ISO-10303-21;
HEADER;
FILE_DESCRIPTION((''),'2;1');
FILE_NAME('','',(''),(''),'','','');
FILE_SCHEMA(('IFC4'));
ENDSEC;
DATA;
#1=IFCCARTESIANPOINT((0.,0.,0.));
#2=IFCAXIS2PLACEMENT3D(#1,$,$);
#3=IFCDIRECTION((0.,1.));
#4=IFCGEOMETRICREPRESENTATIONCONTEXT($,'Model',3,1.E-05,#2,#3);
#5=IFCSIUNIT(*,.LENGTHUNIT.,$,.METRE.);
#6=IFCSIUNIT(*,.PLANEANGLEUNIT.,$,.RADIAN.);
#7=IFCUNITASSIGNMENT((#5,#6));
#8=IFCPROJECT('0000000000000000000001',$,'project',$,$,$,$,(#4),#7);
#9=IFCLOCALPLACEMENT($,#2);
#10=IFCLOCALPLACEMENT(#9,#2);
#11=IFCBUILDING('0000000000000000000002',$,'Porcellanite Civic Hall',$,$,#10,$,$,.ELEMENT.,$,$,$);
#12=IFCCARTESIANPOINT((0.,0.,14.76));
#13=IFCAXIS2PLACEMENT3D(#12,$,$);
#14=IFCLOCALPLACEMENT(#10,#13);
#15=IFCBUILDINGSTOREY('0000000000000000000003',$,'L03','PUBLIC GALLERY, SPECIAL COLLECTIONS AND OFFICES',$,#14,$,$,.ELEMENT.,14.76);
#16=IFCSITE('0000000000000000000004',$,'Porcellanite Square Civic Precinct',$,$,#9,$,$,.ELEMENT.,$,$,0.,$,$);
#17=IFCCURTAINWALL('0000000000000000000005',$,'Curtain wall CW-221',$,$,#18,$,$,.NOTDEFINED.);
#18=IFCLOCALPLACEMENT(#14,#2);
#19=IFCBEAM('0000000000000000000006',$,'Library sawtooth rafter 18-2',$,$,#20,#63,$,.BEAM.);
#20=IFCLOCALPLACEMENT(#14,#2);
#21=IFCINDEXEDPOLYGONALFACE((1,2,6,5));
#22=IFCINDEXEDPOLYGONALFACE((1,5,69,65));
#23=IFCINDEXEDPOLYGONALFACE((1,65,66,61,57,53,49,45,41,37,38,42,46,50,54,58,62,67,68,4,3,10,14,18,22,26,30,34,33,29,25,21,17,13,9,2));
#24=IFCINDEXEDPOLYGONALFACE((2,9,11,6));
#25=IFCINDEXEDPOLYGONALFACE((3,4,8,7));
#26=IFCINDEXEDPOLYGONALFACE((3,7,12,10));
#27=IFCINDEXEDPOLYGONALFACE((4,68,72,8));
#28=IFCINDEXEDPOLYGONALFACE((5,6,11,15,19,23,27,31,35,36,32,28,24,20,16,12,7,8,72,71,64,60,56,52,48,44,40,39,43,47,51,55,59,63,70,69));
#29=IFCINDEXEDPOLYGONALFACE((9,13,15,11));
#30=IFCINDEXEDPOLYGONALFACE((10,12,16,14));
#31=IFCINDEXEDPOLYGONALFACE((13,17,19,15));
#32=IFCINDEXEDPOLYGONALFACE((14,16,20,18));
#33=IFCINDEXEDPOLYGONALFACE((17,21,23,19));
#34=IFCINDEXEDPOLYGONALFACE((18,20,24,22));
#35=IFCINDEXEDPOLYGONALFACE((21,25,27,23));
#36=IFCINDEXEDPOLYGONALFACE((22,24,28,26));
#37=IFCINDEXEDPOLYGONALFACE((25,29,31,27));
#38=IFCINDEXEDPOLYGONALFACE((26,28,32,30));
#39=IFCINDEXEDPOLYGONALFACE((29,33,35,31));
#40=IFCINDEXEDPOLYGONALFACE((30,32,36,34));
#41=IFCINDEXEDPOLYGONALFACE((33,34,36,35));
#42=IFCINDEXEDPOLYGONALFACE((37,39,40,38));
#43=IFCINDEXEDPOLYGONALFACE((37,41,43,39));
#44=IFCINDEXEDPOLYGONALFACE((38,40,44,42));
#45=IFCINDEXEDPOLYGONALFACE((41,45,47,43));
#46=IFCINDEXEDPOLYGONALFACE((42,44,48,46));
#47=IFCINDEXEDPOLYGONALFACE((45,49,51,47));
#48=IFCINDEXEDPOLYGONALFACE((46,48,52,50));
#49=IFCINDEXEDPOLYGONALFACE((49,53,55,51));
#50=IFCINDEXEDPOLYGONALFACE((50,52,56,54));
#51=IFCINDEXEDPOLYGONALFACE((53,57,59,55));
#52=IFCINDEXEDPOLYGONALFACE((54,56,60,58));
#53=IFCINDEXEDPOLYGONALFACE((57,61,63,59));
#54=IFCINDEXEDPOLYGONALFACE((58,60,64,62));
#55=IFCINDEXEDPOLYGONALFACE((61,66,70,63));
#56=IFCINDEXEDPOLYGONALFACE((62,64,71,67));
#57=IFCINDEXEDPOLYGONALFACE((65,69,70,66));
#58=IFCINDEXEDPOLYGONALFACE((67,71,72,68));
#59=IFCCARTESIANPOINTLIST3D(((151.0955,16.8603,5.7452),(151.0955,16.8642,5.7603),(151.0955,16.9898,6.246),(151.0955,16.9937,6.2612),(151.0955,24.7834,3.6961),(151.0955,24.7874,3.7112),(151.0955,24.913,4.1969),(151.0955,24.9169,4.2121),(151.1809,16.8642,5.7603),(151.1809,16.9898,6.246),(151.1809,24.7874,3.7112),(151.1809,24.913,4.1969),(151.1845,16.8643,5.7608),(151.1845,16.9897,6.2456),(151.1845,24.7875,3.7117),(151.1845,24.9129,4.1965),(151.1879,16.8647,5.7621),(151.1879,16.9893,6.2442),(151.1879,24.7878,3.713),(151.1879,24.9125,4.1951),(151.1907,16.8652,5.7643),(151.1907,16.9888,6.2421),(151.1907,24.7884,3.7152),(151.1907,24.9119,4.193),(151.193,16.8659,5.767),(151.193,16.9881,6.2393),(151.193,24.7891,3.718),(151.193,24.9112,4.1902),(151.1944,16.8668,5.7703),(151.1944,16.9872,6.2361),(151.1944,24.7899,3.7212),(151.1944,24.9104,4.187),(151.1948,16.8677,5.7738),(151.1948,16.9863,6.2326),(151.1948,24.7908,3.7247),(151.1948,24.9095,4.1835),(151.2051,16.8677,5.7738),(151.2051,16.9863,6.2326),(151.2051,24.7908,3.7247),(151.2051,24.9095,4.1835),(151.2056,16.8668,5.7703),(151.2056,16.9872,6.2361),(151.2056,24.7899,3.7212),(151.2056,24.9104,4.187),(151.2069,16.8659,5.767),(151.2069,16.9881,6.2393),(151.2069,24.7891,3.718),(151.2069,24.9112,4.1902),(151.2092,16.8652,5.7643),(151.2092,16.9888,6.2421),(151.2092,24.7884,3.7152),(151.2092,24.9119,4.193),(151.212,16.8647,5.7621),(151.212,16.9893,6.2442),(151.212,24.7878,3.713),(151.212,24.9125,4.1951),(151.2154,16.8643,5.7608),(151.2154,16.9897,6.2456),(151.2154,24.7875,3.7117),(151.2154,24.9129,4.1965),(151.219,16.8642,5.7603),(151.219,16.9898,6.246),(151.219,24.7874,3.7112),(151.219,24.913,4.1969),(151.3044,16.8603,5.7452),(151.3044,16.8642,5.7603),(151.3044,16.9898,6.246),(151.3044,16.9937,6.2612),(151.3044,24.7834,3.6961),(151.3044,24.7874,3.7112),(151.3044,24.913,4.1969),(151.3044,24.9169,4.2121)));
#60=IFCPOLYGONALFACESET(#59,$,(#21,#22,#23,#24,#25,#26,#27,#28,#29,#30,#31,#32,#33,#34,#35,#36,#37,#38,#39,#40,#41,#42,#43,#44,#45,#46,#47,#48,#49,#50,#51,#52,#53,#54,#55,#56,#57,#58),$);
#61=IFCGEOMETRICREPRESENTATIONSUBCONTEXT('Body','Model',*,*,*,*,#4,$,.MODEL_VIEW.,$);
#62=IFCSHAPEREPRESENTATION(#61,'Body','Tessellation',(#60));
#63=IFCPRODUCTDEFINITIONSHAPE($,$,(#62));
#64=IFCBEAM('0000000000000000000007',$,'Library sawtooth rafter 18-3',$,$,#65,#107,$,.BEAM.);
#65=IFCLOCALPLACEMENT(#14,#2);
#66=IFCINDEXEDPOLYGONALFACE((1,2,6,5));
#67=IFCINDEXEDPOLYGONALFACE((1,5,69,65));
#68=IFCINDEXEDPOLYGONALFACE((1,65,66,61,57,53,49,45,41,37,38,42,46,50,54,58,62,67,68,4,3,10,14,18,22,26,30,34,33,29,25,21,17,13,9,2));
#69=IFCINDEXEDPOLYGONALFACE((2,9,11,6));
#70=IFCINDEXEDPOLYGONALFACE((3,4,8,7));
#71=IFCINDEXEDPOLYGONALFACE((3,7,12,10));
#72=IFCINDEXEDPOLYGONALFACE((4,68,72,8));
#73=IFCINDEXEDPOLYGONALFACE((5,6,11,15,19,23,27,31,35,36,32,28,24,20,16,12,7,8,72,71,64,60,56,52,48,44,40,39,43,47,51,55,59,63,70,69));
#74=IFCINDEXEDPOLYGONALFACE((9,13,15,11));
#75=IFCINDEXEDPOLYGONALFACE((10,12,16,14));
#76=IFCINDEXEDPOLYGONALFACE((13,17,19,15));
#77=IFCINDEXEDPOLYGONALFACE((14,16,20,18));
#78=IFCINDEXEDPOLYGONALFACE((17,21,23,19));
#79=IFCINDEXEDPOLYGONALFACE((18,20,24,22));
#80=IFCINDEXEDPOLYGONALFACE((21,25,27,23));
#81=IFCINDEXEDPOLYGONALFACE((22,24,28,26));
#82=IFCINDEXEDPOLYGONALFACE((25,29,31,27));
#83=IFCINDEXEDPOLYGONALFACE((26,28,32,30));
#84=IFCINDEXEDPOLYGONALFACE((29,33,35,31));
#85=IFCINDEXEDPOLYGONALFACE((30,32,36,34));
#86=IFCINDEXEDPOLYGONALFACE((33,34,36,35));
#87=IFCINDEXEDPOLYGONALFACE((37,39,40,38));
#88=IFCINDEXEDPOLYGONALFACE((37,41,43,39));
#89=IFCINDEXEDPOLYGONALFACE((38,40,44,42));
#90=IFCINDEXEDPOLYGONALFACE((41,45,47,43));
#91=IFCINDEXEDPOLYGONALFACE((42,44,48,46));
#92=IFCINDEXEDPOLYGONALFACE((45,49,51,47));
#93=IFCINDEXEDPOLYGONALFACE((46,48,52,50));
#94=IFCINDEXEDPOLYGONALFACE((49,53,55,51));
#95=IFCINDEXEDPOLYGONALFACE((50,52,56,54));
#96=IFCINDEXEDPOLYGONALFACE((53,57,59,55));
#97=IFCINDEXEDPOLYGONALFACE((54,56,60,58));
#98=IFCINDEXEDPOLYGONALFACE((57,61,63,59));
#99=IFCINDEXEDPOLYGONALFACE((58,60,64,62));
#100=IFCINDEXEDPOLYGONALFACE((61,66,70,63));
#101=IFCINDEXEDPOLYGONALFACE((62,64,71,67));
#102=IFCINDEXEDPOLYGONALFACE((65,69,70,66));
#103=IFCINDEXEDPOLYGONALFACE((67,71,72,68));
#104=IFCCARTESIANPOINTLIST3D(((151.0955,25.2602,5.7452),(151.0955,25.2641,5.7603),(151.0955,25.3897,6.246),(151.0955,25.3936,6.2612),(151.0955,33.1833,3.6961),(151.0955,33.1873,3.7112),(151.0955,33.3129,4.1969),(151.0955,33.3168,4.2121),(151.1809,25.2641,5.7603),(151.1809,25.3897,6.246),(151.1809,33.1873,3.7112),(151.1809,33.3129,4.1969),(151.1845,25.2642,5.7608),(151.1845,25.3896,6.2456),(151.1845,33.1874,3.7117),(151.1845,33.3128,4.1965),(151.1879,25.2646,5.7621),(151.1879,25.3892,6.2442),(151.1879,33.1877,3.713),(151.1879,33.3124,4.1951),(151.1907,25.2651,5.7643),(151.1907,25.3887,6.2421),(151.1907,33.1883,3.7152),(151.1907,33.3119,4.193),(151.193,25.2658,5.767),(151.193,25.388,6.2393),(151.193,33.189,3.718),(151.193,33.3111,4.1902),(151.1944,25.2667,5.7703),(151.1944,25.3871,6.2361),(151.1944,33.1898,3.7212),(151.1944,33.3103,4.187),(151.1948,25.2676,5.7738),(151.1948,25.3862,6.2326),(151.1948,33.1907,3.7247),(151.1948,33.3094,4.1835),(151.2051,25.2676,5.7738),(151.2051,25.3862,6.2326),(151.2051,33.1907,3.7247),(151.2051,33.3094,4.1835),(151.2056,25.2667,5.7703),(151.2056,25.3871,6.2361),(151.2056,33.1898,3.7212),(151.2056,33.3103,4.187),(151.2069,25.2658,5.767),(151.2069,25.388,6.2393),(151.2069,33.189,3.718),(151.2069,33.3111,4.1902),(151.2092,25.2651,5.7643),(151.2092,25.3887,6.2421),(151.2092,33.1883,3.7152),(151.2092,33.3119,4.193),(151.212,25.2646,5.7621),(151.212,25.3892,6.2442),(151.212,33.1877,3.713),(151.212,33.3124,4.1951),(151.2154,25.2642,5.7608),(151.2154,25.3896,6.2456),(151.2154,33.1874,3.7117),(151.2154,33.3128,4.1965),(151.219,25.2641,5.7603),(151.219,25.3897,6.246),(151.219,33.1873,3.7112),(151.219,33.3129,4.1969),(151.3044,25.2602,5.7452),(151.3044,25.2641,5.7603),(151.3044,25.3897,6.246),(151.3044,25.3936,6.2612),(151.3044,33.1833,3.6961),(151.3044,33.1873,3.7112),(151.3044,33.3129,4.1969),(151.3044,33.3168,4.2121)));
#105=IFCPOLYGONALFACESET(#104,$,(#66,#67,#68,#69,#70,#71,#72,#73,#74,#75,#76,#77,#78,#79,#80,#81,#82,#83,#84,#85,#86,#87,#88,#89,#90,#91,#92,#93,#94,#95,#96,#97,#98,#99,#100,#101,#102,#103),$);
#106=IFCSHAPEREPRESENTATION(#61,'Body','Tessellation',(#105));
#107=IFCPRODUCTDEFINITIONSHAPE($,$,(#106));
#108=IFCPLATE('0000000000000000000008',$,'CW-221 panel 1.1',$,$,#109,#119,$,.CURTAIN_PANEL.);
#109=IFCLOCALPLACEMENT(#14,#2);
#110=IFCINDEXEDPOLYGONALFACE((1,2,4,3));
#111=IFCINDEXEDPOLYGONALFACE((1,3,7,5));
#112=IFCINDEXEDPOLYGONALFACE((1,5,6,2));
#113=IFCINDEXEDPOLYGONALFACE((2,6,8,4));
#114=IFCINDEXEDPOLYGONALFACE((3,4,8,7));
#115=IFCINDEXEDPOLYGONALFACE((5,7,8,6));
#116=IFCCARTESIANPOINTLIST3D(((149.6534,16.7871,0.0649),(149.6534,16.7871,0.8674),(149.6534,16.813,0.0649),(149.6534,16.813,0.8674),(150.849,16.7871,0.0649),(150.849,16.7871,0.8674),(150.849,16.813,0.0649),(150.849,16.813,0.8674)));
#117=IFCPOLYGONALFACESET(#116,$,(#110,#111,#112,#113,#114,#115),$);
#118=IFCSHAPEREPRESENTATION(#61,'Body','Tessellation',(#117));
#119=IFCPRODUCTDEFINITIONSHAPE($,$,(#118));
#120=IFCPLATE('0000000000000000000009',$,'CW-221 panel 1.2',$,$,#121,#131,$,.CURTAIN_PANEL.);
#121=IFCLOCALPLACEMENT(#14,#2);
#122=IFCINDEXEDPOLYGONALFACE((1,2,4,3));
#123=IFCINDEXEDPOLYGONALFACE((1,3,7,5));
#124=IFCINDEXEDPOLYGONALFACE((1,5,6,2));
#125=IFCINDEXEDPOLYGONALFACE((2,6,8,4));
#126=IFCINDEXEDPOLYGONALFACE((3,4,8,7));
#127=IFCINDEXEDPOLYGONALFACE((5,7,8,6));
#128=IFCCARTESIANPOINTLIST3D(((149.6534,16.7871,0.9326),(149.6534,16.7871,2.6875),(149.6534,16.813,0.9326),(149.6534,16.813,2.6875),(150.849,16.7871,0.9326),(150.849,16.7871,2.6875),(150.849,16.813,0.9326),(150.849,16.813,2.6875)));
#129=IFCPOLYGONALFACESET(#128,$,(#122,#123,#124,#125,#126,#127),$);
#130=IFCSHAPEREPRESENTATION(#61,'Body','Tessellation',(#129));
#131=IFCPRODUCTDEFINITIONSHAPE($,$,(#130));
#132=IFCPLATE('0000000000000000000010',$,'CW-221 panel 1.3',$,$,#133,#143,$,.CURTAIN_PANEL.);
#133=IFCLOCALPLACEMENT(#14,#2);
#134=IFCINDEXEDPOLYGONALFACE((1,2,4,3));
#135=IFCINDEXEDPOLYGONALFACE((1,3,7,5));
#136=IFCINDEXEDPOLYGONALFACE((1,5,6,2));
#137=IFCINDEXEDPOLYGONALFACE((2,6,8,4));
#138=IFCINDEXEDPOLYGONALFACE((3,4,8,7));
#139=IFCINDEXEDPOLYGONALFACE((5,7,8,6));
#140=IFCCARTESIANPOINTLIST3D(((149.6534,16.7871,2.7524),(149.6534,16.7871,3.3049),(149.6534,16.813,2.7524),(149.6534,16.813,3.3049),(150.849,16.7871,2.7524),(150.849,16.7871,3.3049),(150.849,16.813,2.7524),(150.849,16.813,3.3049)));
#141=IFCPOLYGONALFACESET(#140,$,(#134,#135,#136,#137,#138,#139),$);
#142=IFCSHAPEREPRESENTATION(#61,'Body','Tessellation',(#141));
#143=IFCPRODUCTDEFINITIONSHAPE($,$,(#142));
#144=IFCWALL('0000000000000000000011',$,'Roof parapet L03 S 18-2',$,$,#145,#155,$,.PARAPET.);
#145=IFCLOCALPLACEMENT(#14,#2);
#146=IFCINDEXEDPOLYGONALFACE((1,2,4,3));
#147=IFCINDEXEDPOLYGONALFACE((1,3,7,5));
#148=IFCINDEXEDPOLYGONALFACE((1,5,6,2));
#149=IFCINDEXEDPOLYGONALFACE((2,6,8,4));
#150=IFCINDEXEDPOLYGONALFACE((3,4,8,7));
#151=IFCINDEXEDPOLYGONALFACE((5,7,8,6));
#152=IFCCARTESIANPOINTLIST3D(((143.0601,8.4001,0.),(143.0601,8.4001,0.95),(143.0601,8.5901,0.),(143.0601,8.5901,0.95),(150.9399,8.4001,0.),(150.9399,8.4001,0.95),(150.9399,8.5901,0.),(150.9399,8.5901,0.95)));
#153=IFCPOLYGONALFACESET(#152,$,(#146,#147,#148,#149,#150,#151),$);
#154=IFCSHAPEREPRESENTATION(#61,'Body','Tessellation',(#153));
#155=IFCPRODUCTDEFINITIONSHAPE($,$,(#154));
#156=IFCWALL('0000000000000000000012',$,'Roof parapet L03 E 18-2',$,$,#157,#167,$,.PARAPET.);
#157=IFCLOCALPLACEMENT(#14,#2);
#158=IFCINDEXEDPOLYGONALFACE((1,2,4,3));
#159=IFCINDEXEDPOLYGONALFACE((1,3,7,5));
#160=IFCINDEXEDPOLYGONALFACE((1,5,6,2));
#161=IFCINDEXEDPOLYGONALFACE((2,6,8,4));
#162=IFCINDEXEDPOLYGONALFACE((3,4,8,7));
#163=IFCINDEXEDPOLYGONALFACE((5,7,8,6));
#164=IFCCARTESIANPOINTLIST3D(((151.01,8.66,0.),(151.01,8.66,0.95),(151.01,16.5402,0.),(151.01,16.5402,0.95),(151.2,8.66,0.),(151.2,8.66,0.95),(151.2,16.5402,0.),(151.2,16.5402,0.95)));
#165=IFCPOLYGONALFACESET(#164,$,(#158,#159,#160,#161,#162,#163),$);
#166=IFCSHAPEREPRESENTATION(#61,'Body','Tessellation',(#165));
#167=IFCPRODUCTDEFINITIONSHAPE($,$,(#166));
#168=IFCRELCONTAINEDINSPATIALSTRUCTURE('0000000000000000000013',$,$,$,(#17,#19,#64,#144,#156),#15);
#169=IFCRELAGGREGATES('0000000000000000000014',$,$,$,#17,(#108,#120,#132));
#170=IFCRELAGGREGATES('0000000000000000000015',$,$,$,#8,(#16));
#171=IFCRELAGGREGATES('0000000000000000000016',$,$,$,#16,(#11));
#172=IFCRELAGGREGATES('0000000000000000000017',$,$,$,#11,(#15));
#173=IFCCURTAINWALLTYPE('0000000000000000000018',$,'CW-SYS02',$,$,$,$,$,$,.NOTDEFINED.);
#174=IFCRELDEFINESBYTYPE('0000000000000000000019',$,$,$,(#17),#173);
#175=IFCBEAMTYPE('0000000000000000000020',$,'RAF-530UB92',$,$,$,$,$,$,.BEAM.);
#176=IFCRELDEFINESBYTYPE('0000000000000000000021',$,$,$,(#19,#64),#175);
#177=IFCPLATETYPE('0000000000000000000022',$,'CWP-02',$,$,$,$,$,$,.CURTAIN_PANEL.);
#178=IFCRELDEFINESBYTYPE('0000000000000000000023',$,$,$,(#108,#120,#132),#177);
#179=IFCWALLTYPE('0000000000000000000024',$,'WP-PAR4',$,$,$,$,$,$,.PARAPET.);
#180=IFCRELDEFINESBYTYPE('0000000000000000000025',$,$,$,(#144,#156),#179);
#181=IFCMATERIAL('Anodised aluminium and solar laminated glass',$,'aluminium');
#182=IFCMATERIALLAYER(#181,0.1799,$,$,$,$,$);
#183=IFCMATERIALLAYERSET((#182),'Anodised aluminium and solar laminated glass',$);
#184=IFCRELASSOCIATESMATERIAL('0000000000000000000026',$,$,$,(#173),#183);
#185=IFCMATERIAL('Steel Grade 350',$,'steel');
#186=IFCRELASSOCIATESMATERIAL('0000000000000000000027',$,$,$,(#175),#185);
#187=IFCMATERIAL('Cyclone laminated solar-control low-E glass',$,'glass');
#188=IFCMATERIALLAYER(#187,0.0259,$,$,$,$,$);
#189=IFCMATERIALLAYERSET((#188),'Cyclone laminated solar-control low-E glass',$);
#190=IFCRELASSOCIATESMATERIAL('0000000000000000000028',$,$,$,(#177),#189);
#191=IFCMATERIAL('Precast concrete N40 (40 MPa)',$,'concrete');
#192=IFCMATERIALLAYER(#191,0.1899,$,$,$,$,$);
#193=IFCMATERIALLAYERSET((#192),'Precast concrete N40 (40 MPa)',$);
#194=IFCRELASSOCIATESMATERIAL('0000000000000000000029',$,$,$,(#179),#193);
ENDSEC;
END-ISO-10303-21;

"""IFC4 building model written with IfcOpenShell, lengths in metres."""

from ifc_helpers import new_model, si_unit, direction, frame, frame_2d, origin, origin_2d, place, context, subcontext, project, spatial, rectangle, i_section, extrude, material, layer, layer_set, material_profile, profile_set, type_object, element, aggregate, save


model = new_model("IFC4")

# Units and contexts
model_context = context("Model", 3, precision=1e-05, world=origin(), true_north=direction((0.0, 1.0)))
body_context = subcontext(model_context, "Body", "Model", "MODEL_VIEW")
ifc_project = project(units=[si_unit("LENGTHUNIT", "METRE"), si_unit("PLANEANGLEUNIT", "RADIAN")], contexts=[model_context])

# Site, building, storey
site_placement = place(None, origin())
site = spatial("IfcSite", under=ifc_project, at=site_placement, Name="Porcellanite Square Civic Precinct", CompositionType="ELEMENT", RefElevation=0.0)
building_placement = place(site_placement, origin())
building = spatial("IfcBuilding", under=site, at=building_placement, Name="Porcellanite Civic Hall", CompositionType="ELEMENT")
storey_placement = place(building_placement, frame((0.0, 0.0, 14.76)))
storey = spatial("IfcBuildingStorey", under=building, at=storey_placement, Name="L03", Description="PUBLIC GALLERY, SPECIAL COLLECTIONS AND OFFICES", CompositionType="ELEMENT", Elevation=14.76)

# Curtain wall
ifc_material_1 = material(Name="Anodised aluminium and solar laminated glass", Category="aluminium")
ifc_layer_1 = layer(ifc_material_1, 0.1799)
ifc_layer_set_1 = layer_set([ifc_layer_1], Name="Anodised aluminium and solar laminated glass")
curtain_wall_type = type_object("IfcCurtainWallType", Name="CW-SYS02", PredefinedType="NOTDEFINED", material=ifc_layer_set_1)
curtain_wall_placement = place(storey_placement, origin())
curtain_wall = element("IfcCurtainWall", 1, at=curtain_wall_placement, inside=storey, type_object=curtain_wall_type, Name="Curtain wall CW-221", PredefinedType="NOTDEFINED")

# Beams
ifc_material_2 = material(Name="Steel Grade 350", Category="steel")
ifc_material_profile_1 = material_profile(ifc_material_2, i_section(OverallWidth=0.209, OverallDepth=0.533, WebThickness=0.0103, FlangeThickness=0.0156, FilletRadius=0.0139, at=origin_2d()), Name="530UB92.4")
ifc_profile_set_1 = profile_set([ifc_material_profile_1], Name="Steel Grade 350")
beam_type = type_object("IfcBeamType", Name="RAF-530UB92", PredefinedType="BEAM", material=ifc_profile_set_1)
for number, where, z_axis, x_axis, name in (
    (2, (151.2, 16.927, 6.0032), (0.0, 0.968147, -0.250382), (-1.0, 0.0, 0.0), "Library sawtooth rafter 18-2"),
    (3, (151.2, 25.3269, 6.0032), (0.0, 0.968147, -0.250382), (-1.0, 0.0, 0.0), "Library sawtooth rafter 18-3"),
):
    element("IfcBeam", number, at=place(storey_placement, frame(where, z_axis=z_axis, x_axis=x_axis)), inside=storey, type_object=beam_type, Name=name, PredefinedType="BEAM", context=body_context, shape_type="SweptSolid", body=[
        extrude(i_section(OverallWidth=0.209, OverallDepth=0.533, WebThickness=0.0103, FlangeThickness=0.0156, FilletRadius=0.0139, at=origin_2d()), origin(), (0.0, 0.0, 1.0), 8.1838),
    ])

# Plates
ifc_material_3 = material(Name="Cyclone laminated solar-control low-E glass", Category="glass")
ifc_layer_2 = layer(ifc_material_3, 0.0259)
ifc_layer_set_2 = layer_set([ifc_layer_2], Name="Cyclone laminated solar-control low-E glass")
plate_type = type_object("IfcPlateType", Name="CWP-02", PredefinedType="CURTAIN_PANEL", material=ifc_layer_set_2)
plate_1_placement = place(storey_placement, frame((150.2512, 16.8, 0.0649), z_axis=(0.0, 0.0, 1.0), x_axis=(-1.0, 0.0, 0.0)))
plate_1 = element("IfcPlate", 4, at=plate_1_placement, type_object=plate_type, Name="CW-221 panel 1.1", PredefinedType="CURTAIN_PANEL", context=body_context, shape_type="SweptSolid", body=[
    extrude(rectangle(XDim=1.1956, YDim=0.0259, at=origin_2d()), origin(), (0.0, 0.0, 1.0), 0.8025),
])
plate_2_placement = place(storey_placement, frame((150.2512, 16.8, 0.9326), z_axis=(0.0, 0.0, 1.0), x_axis=(-1.0, 0.0, 0.0)))
plate_2 = element("IfcPlate", 5, at=plate_2_placement, type_object=plate_type, Name="CW-221 panel 1.2", PredefinedType="CURTAIN_PANEL", context=body_context, shape_type="SweptSolid", body=[
    extrude(rectangle(XDim=1.1956, YDim=0.0259, at=origin_2d()), origin(), (0.0, 0.0, 1.0), 1.7549),
])
plate_3_placement = place(storey_placement, frame((150.2512, 16.8, 2.7524), z_axis=(0.0, 0.0, 1.0), x_axis=(-1.0, 0.0, 0.0)))
plate_3 = element("IfcPlate", 6, at=plate_3_placement, type_object=plate_type, Name="CW-221 panel 1.3", PredefinedType="CURTAIN_PANEL", context=body_context, shape_type="SweptSolid", body=[
    extrude(rectangle(XDim=1.1956, YDim=0.0259, at=origin_2d()), origin(), (0.0, 0.0, 1.0), 0.5525),
])
aggregate(curtain_wall, [plate_1, plate_2, plate_3])

# Walls
ifc_material_4 = material(Name="Precast concrete N40 (40 MPa)", Category="concrete")
ifc_layer_3 = layer(ifc_material_4, 0.1899)
ifc_layer_set_3 = layer_set([ifc_layer_3], Name="Precast concrete N40 (40 MPa)")
wall_type = type_object("IfcWallType", Name="WP-PAR4", PredefinedType="PARAPET", material=ifc_layer_set_3)
wall_1_placement = place(storey_placement, frame((150.9399, 8.4951, 0.0), z_axis=(0.0, 0.0, 1.0), x_axis=(-1.0, 0.0, 0.0)))
element("IfcWall", 7, at=wall_1_placement, inside=storey, type_object=wall_type, Name="Roof parapet L03 S 18-2", PredefinedType="PARAPET", context=body_context, shape_type="SweptSolid", body=[
    extrude(rectangle(XDim=7.8799, YDim=0.1899, at=frame_2d((3.9399, 0.0))), origin(), (0.0, 0.0, 1.0), 0.95),
])
wall_2_placement = place(storey_placement, frame((151.105, 16.54, 0.0), z_axis=(0.0, 0.0, 1.0), x_axis=(0.0, -1.0, 0.0)))
element("IfcWall", 8, at=wall_2_placement, inside=storey, type_object=wall_type, Name="Roof parapet L03 E 18-2", PredefinedType="PARAPET", context=body_context, shape_type="SweptSolid", body=[
    extrude(rectangle(XDim=7.8801, YDim=0.1899, at=frame_2d((3.9399, 0.0))), origin(), (0.0, 0.0, 1.0), 0.95),
])

save(model, "model.ifc")
